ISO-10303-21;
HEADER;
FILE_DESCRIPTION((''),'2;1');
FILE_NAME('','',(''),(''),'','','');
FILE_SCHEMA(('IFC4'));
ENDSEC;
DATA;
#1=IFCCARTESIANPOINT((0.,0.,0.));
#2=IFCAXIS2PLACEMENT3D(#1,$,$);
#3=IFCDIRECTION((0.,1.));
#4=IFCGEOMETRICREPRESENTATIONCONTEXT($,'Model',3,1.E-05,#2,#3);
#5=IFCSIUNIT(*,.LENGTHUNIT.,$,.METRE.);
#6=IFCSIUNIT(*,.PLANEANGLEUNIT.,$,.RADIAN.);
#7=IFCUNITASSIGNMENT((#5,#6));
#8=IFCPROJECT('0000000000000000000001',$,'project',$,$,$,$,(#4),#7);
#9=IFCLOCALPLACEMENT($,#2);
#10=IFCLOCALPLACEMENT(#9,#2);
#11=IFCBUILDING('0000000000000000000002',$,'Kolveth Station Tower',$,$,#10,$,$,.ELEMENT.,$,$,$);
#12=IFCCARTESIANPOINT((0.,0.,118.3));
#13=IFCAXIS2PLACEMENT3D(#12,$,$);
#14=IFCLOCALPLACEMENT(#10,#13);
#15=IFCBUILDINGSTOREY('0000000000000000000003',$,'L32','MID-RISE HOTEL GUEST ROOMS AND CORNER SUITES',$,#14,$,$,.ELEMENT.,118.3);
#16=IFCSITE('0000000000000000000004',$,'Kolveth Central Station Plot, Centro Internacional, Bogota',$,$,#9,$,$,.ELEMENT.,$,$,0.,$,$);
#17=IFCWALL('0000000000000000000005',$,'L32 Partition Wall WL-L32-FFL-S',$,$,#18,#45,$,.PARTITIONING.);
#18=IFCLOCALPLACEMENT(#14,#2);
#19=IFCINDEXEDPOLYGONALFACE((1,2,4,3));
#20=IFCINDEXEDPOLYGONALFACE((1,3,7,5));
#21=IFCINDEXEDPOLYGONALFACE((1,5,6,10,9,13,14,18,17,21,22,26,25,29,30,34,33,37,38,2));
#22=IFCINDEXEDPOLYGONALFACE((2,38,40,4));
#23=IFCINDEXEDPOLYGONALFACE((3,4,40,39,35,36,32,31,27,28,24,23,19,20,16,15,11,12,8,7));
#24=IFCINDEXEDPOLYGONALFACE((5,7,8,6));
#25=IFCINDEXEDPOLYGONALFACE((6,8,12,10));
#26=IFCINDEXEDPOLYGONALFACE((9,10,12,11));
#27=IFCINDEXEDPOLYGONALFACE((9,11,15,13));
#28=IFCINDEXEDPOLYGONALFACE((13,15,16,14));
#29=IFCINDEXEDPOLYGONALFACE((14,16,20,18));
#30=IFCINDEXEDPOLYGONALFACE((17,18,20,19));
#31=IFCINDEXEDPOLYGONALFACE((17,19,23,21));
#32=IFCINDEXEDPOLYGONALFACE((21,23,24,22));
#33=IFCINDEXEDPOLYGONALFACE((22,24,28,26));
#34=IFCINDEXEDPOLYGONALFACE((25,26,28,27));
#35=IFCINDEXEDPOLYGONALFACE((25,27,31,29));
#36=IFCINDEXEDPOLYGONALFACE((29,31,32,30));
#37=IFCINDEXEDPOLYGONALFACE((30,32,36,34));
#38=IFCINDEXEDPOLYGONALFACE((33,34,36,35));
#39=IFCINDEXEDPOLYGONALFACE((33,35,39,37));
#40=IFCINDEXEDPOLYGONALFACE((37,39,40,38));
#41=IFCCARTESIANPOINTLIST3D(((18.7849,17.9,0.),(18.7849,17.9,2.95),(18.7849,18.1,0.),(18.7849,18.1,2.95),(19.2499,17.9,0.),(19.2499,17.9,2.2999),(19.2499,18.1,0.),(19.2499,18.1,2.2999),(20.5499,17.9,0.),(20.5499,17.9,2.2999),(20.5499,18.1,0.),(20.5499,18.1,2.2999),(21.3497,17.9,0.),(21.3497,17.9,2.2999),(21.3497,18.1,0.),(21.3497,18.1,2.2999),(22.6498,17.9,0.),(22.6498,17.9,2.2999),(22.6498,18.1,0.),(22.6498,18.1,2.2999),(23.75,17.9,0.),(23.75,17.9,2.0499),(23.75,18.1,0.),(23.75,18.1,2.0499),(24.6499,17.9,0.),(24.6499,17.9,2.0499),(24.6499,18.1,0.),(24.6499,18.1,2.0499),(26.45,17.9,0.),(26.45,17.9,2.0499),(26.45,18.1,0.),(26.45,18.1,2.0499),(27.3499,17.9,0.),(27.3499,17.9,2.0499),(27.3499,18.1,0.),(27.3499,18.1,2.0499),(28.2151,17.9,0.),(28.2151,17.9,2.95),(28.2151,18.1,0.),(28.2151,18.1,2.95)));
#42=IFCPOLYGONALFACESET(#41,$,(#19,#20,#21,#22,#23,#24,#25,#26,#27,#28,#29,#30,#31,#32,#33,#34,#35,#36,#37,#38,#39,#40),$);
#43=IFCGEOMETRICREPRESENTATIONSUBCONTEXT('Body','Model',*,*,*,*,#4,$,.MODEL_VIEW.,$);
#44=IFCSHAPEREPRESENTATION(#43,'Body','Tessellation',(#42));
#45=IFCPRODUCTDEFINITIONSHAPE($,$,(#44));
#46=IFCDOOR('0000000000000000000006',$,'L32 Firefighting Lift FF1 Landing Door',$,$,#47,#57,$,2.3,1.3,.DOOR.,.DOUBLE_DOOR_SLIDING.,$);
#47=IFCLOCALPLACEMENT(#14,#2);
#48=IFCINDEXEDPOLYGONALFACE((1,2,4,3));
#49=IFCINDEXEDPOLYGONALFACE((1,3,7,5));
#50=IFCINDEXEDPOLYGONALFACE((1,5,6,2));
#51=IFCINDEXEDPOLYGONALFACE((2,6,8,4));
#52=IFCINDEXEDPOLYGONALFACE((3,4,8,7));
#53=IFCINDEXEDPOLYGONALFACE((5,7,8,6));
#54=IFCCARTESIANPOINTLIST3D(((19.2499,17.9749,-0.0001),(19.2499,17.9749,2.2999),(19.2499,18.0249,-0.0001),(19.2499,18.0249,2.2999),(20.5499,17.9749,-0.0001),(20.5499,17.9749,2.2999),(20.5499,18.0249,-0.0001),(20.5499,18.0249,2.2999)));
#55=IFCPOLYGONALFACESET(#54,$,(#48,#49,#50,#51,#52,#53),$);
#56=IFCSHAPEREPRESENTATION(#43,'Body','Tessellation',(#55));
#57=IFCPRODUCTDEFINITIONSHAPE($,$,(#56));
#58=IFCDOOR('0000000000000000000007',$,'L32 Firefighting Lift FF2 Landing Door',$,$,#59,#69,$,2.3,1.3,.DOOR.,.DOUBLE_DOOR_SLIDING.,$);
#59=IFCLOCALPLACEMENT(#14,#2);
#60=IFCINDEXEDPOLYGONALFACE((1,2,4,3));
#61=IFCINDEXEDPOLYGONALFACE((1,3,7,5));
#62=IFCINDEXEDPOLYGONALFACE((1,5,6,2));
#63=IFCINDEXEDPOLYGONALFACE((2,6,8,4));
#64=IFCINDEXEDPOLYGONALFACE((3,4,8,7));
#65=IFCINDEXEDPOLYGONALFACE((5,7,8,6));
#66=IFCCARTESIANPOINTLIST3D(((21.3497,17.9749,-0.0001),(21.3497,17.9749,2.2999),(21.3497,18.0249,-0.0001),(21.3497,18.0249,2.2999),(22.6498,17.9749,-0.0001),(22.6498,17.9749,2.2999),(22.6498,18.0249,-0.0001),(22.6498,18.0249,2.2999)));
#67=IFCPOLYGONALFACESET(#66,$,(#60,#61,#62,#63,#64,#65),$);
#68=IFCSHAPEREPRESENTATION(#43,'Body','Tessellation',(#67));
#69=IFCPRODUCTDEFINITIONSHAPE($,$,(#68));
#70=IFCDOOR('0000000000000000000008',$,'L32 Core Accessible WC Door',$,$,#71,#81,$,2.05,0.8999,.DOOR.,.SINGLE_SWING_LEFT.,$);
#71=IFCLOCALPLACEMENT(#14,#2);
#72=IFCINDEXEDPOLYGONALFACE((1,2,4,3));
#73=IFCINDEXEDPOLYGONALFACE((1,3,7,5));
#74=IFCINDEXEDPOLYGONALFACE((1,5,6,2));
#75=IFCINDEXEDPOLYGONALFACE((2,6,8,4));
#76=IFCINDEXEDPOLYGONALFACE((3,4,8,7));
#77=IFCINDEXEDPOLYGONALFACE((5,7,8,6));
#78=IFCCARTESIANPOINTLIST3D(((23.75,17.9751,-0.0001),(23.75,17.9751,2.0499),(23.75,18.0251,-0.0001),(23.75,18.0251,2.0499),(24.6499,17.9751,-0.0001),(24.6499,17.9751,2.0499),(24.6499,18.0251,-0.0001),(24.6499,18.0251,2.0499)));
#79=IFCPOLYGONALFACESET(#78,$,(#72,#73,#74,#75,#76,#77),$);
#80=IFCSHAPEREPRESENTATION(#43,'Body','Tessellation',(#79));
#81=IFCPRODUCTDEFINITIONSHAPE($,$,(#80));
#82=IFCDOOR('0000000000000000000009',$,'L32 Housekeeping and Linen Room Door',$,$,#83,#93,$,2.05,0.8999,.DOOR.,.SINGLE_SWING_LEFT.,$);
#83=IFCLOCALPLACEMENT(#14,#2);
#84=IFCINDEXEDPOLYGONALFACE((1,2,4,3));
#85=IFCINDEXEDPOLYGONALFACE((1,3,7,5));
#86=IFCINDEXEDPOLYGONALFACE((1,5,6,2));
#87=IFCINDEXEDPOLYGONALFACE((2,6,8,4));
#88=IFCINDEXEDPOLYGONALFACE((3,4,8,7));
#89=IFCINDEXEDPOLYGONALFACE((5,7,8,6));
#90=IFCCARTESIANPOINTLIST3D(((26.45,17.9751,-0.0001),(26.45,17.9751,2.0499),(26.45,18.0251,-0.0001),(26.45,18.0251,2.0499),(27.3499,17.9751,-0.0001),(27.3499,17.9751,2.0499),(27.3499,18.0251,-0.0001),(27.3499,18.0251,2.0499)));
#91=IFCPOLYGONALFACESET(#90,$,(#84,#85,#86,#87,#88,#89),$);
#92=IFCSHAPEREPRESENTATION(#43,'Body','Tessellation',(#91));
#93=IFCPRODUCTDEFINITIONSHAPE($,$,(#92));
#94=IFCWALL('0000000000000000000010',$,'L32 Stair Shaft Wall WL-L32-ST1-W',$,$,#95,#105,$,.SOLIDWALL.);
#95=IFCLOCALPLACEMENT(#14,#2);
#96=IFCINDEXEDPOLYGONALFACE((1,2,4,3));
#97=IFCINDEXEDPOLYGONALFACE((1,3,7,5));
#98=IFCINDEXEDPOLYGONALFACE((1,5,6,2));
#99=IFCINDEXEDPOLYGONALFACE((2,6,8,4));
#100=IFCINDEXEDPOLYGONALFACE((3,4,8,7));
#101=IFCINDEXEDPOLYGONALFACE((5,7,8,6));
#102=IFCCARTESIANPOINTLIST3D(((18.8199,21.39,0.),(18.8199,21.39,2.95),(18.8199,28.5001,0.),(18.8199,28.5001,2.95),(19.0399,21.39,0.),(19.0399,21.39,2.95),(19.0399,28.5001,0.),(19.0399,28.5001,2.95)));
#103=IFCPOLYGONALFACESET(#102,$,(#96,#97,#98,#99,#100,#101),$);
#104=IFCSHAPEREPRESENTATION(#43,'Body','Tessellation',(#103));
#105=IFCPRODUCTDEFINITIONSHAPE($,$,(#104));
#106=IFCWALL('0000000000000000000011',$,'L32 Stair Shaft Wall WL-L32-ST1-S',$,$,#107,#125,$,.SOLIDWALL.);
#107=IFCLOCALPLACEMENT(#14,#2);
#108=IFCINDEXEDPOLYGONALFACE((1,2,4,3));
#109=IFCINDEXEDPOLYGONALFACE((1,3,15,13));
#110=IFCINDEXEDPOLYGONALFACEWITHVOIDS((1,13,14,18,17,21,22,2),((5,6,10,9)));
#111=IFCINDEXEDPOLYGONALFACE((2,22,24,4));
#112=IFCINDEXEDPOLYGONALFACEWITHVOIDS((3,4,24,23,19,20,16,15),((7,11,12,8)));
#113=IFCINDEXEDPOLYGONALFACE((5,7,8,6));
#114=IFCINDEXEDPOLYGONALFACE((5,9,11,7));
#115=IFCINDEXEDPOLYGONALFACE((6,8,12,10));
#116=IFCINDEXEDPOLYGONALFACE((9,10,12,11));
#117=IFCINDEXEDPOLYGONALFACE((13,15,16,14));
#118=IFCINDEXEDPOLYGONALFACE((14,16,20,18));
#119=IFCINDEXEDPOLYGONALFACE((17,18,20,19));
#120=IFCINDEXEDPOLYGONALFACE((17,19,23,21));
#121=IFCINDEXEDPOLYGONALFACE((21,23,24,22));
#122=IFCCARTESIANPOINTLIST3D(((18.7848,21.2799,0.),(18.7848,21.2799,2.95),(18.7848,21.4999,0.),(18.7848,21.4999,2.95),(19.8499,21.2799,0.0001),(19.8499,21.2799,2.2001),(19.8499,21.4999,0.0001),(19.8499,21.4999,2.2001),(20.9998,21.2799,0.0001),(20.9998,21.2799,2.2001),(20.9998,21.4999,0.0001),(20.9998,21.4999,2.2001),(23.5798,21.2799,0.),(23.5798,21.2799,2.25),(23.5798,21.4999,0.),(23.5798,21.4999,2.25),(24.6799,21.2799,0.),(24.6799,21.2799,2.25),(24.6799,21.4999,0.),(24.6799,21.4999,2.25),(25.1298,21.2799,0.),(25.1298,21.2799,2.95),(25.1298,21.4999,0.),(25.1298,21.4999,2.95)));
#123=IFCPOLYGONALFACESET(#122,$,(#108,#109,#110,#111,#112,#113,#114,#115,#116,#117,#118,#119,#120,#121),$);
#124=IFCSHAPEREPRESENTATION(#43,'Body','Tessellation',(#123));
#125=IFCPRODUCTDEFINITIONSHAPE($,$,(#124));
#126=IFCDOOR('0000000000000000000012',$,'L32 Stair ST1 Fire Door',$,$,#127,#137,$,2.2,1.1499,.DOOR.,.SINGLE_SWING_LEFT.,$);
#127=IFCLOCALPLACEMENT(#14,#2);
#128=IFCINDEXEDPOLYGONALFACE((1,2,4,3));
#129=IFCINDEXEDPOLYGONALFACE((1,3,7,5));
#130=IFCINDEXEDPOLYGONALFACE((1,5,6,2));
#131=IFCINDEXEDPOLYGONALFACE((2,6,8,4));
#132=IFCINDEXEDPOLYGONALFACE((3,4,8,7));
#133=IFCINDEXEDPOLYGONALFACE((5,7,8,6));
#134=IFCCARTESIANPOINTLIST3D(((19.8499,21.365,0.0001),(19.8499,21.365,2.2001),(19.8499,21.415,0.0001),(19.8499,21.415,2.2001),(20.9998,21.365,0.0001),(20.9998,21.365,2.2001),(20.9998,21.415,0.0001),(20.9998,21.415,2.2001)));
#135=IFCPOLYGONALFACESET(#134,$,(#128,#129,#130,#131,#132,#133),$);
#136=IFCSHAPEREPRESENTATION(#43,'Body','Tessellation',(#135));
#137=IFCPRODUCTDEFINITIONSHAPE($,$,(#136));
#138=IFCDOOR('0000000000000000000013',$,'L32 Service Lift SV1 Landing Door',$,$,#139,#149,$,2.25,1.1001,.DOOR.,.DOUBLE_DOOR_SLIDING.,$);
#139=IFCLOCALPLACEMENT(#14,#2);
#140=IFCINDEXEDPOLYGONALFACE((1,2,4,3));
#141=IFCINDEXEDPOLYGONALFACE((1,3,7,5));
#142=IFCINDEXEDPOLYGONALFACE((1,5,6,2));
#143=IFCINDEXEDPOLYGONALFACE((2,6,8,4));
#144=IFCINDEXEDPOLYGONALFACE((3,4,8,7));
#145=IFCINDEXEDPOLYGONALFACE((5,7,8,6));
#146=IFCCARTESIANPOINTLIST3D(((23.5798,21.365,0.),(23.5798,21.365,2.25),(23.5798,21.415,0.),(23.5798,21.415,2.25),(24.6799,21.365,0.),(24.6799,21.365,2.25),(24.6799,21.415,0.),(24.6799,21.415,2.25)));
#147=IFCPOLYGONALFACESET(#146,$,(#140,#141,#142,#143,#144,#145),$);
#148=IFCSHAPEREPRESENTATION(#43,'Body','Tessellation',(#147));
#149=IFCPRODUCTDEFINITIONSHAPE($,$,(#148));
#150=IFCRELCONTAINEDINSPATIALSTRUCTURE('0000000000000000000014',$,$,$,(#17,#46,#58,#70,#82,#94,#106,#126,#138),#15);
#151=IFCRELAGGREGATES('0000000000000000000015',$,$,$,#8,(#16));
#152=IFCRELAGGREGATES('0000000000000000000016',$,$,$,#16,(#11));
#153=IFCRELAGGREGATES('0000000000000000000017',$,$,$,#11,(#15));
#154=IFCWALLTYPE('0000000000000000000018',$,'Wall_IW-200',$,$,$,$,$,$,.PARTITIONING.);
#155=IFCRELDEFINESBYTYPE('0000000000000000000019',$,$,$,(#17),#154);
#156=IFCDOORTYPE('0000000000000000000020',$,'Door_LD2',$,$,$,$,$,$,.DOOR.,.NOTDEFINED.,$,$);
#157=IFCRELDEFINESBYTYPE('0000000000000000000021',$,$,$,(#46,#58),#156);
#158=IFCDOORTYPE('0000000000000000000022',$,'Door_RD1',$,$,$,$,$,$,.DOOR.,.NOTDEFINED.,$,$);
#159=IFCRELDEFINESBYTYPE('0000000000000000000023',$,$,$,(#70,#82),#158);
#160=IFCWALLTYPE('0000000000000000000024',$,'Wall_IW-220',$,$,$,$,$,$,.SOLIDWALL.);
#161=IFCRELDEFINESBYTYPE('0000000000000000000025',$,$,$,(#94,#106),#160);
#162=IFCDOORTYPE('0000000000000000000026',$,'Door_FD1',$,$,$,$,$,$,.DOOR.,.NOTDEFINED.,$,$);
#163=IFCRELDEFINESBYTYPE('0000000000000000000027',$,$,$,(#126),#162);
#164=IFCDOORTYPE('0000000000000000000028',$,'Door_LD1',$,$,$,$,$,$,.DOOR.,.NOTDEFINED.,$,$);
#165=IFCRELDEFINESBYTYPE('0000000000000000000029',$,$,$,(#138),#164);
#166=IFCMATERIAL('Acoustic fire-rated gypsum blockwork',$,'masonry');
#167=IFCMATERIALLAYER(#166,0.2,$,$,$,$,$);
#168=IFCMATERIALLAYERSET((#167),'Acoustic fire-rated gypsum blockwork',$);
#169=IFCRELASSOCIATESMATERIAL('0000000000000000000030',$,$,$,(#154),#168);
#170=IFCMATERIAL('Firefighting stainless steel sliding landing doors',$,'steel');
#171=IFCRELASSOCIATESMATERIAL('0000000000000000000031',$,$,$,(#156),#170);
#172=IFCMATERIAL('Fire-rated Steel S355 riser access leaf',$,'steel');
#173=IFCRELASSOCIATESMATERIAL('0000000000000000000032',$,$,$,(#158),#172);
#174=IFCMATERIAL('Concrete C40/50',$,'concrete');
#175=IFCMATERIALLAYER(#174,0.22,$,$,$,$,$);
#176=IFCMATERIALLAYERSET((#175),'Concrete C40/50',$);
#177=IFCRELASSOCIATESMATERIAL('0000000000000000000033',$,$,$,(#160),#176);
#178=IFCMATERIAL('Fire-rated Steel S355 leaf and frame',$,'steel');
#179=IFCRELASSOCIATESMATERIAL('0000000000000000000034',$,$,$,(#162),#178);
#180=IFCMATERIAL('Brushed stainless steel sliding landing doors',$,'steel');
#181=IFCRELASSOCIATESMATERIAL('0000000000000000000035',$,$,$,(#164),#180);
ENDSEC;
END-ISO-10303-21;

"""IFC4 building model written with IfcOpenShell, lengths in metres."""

from ifc_helpers import new_model, si_unit, direction, frame, frame_2d, origin, place, context, subcontext, project, spatial, rectangle, extrude, material, layer, layer_set, type_object, element, fill, save


model = new_model("IFC4")

# Units and contexts
model_context = context("Model", 3, precision=1e-05, world=origin(), true_north=direction((0.0, 1.0)))
body_context = subcontext(model_context, "Body", "Model", "MODEL_VIEW")
ifc_project = project(units=[si_unit("LENGTHUNIT", "METRE"), si_unit("PLANEANGLEUNIT", "RADIAN")], contexts=[model_context])

# Site, building, storey
site_placement = place(None, origin())
site = spatial("IfcSite", under=ifc_project, at=site_placement, Name="Kolveth Central Station Plot, Centro Internacional, Bogota", CompositionType="ELEMENT", RefElevation=0.0)
building_placement = place(site_placement, origin())
building = spatial("IfcBuilding", under=site, at=building_placement, Name="Kolveth Station Tower", CompositionType="ELEMENT")
storey_placement = place(building_placement, frame((0.0, 0.0, 118.3)))
storey = spatial("IfcBuildingStorey", under=building, at=storey_placement, Name="L32", Description="MID-RISE HOTEL GUEST ROOMS AND CORNER SUITES", CompositionType="ELEMENT", Elevation=118.3)

# Wall, openings, doors
ifc_material_1 = material(Name="Acoustic fire-rated gypsum blockwork", Category="masonry")
ifc_layer_1 = layer(ifc_material_1, 0.2)
ifc_layer_set_1 = layer_set([ifc_layer_1], Name="Acoustic fire-rated gypsum blockwork")
wall_type_1 = type_object("IfcWallType", Name="Wall_IW-200", PredefinedType="PARTITIONING", material=ifc_layer_set_1)
wall_1_placement = place(storey_placement, frame((18.7849, 18.0, 0.0), z_axis=(0.0, 0.0, 1.0), x_axis=(1.0, 0.0, 0.0)))
wall_1 = element("IfcWall", 1, at=wall_1_placement, inside=storey, type_object=wall_type_1, Name="L32 Partition Wall WL-L32-FFL-S", PredefinedType="PARTITIONING", context=body_context, shape_type="SweptSolid", body=[
    extrude(rectangle(XDim=9.4302, YDim=0.2, at=frame_2d((4.7151, 0.0))), origin(), (0.0, 0.0, 1.0), 2.95),
])
opening_1_placement = place(wall_1_placement, frame((0.4651, 0.0, 0.0)))
opening_1 = element("IfcOpeningElement", 2, at=opening_1_placement, cuts=wall_1, PredefinedType="OPENING", context=body_context, shape_type="SweptSolid", body=[
    extrude(rectangle(XDim=1.3, YDim=2.3, at=frame_2d((0.6499, 1.1499))), frame((0.0, 0.1099, 0.0), z_axis=(0.0, -1.0, 0.0), x_axis=(1.0, 0.0, 0.0)), (0.0, 0.0, 1.0), 0.22),
])
opening_2_placement = place(wall_1_placement, frame((2.5649, 0.0, 0.0)))
opening_2 = element("IfcOpeningElement", 3, at=opening_2_placement, cuts=wall_1, PredefinedType="OPENING", context=body_context, shape_type="SweptSolid", body=[
    extrude(rectangle(XDim=1.3, YDim=2.3, at=frame_2d((0.6499, 1.1499))), frame((0.0, 0.1099, 0.0), z_axis=(0.0, -1.0, 0.0), x_axis=(1.0, 0.0, 0.0)), (0.0, 0.0, 1.0), 0.22),
])
opening_3_placement = place(wall_1_placement, frame((4.9651, 0.0, 0.0)))
opening_3 = element("IfcOpeningElement", 4, at=opening_3_placement, cuts=wall_1, PredefinedType="OPENING", context=body_context, shape_type="SweptSolid", body=[
    extrude(rectangle(XDim=0.8999, YDim=2.05, at=frame_2d((0.45, 1.0249))), frame((0.0, 0.1099, 0.0), z_axis=(0.0, -1.0, 0.0), x_axis=(1.0, 0.0, 0.0)), (0.0, 0.0, 1.0), 0.22),
])
opening_4_placement = place(wall_1_placement, frame((7.665, 0.0, 0.0)))
opening_4 = element("IfcOpeningElement", 5, at=opening_4_placement, cuts=wall_1, PredefinedType="OPENING", context=body_context, shape_type="SweptSolid", body=[
    extrude(rectangle(XDim=0.8999, YDim=2.05, at=frame_2d((0.45, 1.0249))), frame((0.0, 0.1099, 0.0), z_axis=(0.0, -1.0, 0.0), x_axis=(1.0, 0.0, 0.0)), (0.0, 0.0, 1.0), 0.22),
])
ifc_material_2 = material(Name="Firefighting stainless steel sliding landing doors", Category="steel")
door_type_1 = type_object("IfcDoorType", Name="Door_LD2", OperationType="NOTDEFINED", PredefinedType="DOOR", material=ifc_material_2)
door_1_placement = place(opening_1_placement, origin())
door_1 = element("IfcDoor", 6, at=door_1_placement, inside=storey, type_object=door_type_1, Name="L32 Firefighting Lift FF1 Landing Door", OperationType="DOUBLE_DOOR_SLIDING", OverallHeight=2.3, OverallWidth=1.3, PredefinedType="DOOR", context=body_context, shape_type="SweptSolid", body=[
    extrude(rectangle(XDim=1.3, YDim=2.3, at=frame_2d((0.6499, 1.1499))), frame((0.0, 0.0249, 0.0), z_axis=(0.0, -1.0, 0.0), x_axis=(1.0, 0.0, 0.0)), (0.0, 0.0, 1.0), 0.05),
])
fill(opening_1, door_1)
door_2_placement = place(opening_2_placement, origin())
door_2 = element("IfcDoor", 7, at=door_2_placement, inside=storey, type_object=door_type_1, Name="L32 Firefighting Lift FF2 Landing Door", OperationType="DOUBLE_DOOR_SLIDING", OverallHeight=2.3, OverallWidth=1.3, PredefinedType="DOOR", context=body_context, shape_type="SweptSolid", body=[
    extrude(rectangle(XDim=1.3, YDim=2.3, at=frame_2d((0.6499, 1.1499))), frame((0.0, 0.0249, 0.0), z_axis=(0.0, -1.0, 0.0), x_axis=(1.0, 0.0, 0.0)), (0.0, 0.0, 1.0), 0.05),
])
fill(opening_2, door_2)
ifc_material_3 = material(Name="Fire-rated Steel S355 riser access leaf", Category="steel")
door_type_2 = type_object("IfcDoorType", Name="Door_RD1", OperationType="NOTDEFINED", PredefinedType="DOOR", material=ifc_material_3)
door_3_placement = place(opening_3_placement, frame((0.8999, 0.0, 0.0), z_axis=(0.0, 0.0, 1.0), x_axis=(-1.0, 0.0, 0.0)))
door_3 = element("IfcDoor", 8, at=door_3_placement, inside=storey, type_object=door_type_2, Name="L32 Core Accessible WC Door", OperationType="SINGLE_SWING_LEFT", OverallHeight=2.05, OverallWidth=0.8999, PredefinedType="DOOR", context=body_context, shape_type="SweptSolid", body=[
    extrude(rectangle(XDim=0.8999, YDim=2.05, at=frame_2d((0.45, 1.0249))), frame((0.0, 0.0249, 0.0), z_axis=(0.0, -1.0, 0.0), x_axis=(1.0, 0.0, 0.0)), (0.0, 0.0, 1.0), 0.05),
])
fill(opening_3, door_3)
door_4_placement = place(opening_4_placement, frame((0.8999, 0.0, 0.0), z_axis=(0.0, 0.0, 1.0), x_axis=(-1.0, 0.0, 0.0)))
door_4 = element("IfcDoor", 9, at=door_4_placement, inside=storey, type_object=door_type_2, Name="L32 Housekeeping and Linen Room Door", OperationType="SINGLE_SWING_LEFT", OverallHeight=2.05, OverallWidth=0.8999, PredefinedType="DOOR", context=body_context, shape_type="SweptSolid", body=[
    extrude(rectangle(XDim=0.8999, YDim=2.05, at=frame_2d((0.45, 1.0249))), frame((0.0, 0.0249, 0.0), z_axis=(0.0, -1.0, 0.0), x_axis=(1.0, 0.0, 0.0)), (0.0, 0.0, 1.0), 0.05),
])
fill(opening_4, door_4)

# Wall
ifc_material_4 = material(Name="Concrete C40/50", Category="concrete")
ifc_layer_2 = layer(ifc_material_4, 0.22)
ifc_layer_set_2 = layer_set([ifc_layer_2], Name="Concrete C40/50")
wall_type_2 = type_object("IfcWallType", Name="Wall_IW-220", PredefinedType="SOLIDWALL", material=ifc_layer_set_2)
wall_2_placement = place(storey_placement, frame((18.9299, 21.3899, 0.0), z_axis=(0.0, 0.0, 1.0), x_axis=(0.0, 1.0, 0.0)))
element("IfcWall", 10, at=wall_2_placement, inside=storey, type_object=wall_type_2, Name="L32 Stair Shaft Wall WL-L32-ST1-W", PredefinedType="SOLIDWALL", context=body_context, shape_type="SweptSolid", body=[
    extrude(rectangle(XDim=7.1101, YDim=0.22, at=frame_2d((3.5552, 0.0))), origin(), (0.0, 0.0, 1.0), 2.95),
])

# Wall, openings, doors
wall_3_placement = place(storey_placement, frame((18.7849, 21.3899, 0.0), z_axis=(0.0, 0.0, 1.0), x_axis=(1.0, 0.0, 0.0)))
wall_3 = element("IfcWall", 11, at=wall_3_placement, inside=storey, type_object=wall_type_2, Name="L32 Stair Shaft Wall WL-L32-ST1-S", PredefinedType="SOLIDWALL", context=body_context, shape_type="SweptSolid", body=[
    extrude(rectangle(XDim=6.345, YDim=0.22, at=frame_2d((3.1724, 0.0))), origin(), (0.0, 0.0, 1.0), 2.95),
])
opening_5_placement = place(wall_3_placement, frame((1.0649, 0.0, 0.0)))
opening_5 = element("IfcOpeningElement", 12, at=opening_5_placement, cuts=wall_3, PredefinedType="OPENING", context=body_context, shape_type="SweptSolid", body=[
    extrude(rectangle(XDim=1.1499, YDim=2.2, at=frame_2d((0.575, 1.1001))), frame((0.0, 0.1199, 0.0), z_axis=(0.0, -1.0, 0.0), x_axis=(1.0, 0.0, 0.0)), (0.0, 0.0, 1.0), 0.24),
])
opening_6_placement = place(wall_3_placement, frame((4.7949, 0.0, 0.0)))
opening_6 = element("IfcOpeningElement", 13, at=opening_6_placement, cuts=wall_3, PredefinedType="OPENING", context=body_context, shape_type="SweptSolid", body=[
    extrude(rectangle(XDim=1.1001, YDim=2.25, at=frame_2d((0.55, 1.125))), frame((0.0, 0.1199, 0.0), z_axis=(0.0, -1.0, 0.0), x_axis=(1.0, 0.0, 0.0)), (0.0, 0.0, 1.0), 0.24),
])
ifc_material_5 = material(Name="Fire-rated Steel S355 leaf and frame", Category="steel")
door_type_3 = type_object("IfcDoorType", Name="Door_FD1", OperationType="NOTDEFINED", PredefinedType="DOOR", material=ifc_material_5)
door_5_placement = place(opening_5_placement, frame((1.1499, 0.0, 0.0), z_axis=(0.0, 0.0, 1.0), x_axis=(-1.0, 0.0, 0.0)))
door_5 = element("IfcDoor", 14, at=door_5_placement, inside=storey, type_object=door_type_3, Name="L32 Stair ST1 Fire Door", OperationType="SINGLE_SWING_LEFT", OverallHeight=2.2, OverallWidth=1.1499, PredefinedType="DOOR", context=body_context, shape_type="SweptSolid", body=[
    extrude(rectangle(XDim=1.1499, YDim=2.2, at=frame_2d((0.575, 1.1001))), frame((0.0, 0.0249, 0.0), z_axis=(0.0, -1.0, 0.0), x_axis=(1.0, 0.0, 0.0)), (0.0, 0.0, 1.0), 0.05),
])
fill(opening_5, door_5)
ifc_material_6 = material(Name="Brushed stainless steel sliding landing doors", Category="steel")
door_type_4 = type_object("IfcDoorType", Name="Door_LD1", OperationType="NOTDEFINED", PredefinedType="DOOR", material=ifc_material_6)
door_6_placement = place(opening_6_placement, frame((1.1001, 0.0, 0.0), z_axis=(0.0, 0.0, 1.0), x_axis=(-1.0, 0.0, 0.0)))
door_6 = element("IfcDoor", 15, at=door_6_placement, inside=storey, type_object=door_type_4, Name="L32 Service Lift SV1 Landing Door", OperationType="DOUBLE_DOOR_SLIDING", OverallHeight=2.25, OverallWidth=1.1001, PredefinedType="DOOR", context=body_context, shape_type="SweptSolid", body=[
    extrude(rectangle(XDim=1.1001, YDim=2.25, at=frame_2d((0.55, 1.125))), frame((0.0, 0.0249, 0.0), z_axis=(0.0, -1.0, 0.0), x_axis=(1.0, 0.0, 0.0)), (0.0, 0.0, 1.0), 0.05),
])
fill(opening_6, door_6)

save(model, "model.ifc")
